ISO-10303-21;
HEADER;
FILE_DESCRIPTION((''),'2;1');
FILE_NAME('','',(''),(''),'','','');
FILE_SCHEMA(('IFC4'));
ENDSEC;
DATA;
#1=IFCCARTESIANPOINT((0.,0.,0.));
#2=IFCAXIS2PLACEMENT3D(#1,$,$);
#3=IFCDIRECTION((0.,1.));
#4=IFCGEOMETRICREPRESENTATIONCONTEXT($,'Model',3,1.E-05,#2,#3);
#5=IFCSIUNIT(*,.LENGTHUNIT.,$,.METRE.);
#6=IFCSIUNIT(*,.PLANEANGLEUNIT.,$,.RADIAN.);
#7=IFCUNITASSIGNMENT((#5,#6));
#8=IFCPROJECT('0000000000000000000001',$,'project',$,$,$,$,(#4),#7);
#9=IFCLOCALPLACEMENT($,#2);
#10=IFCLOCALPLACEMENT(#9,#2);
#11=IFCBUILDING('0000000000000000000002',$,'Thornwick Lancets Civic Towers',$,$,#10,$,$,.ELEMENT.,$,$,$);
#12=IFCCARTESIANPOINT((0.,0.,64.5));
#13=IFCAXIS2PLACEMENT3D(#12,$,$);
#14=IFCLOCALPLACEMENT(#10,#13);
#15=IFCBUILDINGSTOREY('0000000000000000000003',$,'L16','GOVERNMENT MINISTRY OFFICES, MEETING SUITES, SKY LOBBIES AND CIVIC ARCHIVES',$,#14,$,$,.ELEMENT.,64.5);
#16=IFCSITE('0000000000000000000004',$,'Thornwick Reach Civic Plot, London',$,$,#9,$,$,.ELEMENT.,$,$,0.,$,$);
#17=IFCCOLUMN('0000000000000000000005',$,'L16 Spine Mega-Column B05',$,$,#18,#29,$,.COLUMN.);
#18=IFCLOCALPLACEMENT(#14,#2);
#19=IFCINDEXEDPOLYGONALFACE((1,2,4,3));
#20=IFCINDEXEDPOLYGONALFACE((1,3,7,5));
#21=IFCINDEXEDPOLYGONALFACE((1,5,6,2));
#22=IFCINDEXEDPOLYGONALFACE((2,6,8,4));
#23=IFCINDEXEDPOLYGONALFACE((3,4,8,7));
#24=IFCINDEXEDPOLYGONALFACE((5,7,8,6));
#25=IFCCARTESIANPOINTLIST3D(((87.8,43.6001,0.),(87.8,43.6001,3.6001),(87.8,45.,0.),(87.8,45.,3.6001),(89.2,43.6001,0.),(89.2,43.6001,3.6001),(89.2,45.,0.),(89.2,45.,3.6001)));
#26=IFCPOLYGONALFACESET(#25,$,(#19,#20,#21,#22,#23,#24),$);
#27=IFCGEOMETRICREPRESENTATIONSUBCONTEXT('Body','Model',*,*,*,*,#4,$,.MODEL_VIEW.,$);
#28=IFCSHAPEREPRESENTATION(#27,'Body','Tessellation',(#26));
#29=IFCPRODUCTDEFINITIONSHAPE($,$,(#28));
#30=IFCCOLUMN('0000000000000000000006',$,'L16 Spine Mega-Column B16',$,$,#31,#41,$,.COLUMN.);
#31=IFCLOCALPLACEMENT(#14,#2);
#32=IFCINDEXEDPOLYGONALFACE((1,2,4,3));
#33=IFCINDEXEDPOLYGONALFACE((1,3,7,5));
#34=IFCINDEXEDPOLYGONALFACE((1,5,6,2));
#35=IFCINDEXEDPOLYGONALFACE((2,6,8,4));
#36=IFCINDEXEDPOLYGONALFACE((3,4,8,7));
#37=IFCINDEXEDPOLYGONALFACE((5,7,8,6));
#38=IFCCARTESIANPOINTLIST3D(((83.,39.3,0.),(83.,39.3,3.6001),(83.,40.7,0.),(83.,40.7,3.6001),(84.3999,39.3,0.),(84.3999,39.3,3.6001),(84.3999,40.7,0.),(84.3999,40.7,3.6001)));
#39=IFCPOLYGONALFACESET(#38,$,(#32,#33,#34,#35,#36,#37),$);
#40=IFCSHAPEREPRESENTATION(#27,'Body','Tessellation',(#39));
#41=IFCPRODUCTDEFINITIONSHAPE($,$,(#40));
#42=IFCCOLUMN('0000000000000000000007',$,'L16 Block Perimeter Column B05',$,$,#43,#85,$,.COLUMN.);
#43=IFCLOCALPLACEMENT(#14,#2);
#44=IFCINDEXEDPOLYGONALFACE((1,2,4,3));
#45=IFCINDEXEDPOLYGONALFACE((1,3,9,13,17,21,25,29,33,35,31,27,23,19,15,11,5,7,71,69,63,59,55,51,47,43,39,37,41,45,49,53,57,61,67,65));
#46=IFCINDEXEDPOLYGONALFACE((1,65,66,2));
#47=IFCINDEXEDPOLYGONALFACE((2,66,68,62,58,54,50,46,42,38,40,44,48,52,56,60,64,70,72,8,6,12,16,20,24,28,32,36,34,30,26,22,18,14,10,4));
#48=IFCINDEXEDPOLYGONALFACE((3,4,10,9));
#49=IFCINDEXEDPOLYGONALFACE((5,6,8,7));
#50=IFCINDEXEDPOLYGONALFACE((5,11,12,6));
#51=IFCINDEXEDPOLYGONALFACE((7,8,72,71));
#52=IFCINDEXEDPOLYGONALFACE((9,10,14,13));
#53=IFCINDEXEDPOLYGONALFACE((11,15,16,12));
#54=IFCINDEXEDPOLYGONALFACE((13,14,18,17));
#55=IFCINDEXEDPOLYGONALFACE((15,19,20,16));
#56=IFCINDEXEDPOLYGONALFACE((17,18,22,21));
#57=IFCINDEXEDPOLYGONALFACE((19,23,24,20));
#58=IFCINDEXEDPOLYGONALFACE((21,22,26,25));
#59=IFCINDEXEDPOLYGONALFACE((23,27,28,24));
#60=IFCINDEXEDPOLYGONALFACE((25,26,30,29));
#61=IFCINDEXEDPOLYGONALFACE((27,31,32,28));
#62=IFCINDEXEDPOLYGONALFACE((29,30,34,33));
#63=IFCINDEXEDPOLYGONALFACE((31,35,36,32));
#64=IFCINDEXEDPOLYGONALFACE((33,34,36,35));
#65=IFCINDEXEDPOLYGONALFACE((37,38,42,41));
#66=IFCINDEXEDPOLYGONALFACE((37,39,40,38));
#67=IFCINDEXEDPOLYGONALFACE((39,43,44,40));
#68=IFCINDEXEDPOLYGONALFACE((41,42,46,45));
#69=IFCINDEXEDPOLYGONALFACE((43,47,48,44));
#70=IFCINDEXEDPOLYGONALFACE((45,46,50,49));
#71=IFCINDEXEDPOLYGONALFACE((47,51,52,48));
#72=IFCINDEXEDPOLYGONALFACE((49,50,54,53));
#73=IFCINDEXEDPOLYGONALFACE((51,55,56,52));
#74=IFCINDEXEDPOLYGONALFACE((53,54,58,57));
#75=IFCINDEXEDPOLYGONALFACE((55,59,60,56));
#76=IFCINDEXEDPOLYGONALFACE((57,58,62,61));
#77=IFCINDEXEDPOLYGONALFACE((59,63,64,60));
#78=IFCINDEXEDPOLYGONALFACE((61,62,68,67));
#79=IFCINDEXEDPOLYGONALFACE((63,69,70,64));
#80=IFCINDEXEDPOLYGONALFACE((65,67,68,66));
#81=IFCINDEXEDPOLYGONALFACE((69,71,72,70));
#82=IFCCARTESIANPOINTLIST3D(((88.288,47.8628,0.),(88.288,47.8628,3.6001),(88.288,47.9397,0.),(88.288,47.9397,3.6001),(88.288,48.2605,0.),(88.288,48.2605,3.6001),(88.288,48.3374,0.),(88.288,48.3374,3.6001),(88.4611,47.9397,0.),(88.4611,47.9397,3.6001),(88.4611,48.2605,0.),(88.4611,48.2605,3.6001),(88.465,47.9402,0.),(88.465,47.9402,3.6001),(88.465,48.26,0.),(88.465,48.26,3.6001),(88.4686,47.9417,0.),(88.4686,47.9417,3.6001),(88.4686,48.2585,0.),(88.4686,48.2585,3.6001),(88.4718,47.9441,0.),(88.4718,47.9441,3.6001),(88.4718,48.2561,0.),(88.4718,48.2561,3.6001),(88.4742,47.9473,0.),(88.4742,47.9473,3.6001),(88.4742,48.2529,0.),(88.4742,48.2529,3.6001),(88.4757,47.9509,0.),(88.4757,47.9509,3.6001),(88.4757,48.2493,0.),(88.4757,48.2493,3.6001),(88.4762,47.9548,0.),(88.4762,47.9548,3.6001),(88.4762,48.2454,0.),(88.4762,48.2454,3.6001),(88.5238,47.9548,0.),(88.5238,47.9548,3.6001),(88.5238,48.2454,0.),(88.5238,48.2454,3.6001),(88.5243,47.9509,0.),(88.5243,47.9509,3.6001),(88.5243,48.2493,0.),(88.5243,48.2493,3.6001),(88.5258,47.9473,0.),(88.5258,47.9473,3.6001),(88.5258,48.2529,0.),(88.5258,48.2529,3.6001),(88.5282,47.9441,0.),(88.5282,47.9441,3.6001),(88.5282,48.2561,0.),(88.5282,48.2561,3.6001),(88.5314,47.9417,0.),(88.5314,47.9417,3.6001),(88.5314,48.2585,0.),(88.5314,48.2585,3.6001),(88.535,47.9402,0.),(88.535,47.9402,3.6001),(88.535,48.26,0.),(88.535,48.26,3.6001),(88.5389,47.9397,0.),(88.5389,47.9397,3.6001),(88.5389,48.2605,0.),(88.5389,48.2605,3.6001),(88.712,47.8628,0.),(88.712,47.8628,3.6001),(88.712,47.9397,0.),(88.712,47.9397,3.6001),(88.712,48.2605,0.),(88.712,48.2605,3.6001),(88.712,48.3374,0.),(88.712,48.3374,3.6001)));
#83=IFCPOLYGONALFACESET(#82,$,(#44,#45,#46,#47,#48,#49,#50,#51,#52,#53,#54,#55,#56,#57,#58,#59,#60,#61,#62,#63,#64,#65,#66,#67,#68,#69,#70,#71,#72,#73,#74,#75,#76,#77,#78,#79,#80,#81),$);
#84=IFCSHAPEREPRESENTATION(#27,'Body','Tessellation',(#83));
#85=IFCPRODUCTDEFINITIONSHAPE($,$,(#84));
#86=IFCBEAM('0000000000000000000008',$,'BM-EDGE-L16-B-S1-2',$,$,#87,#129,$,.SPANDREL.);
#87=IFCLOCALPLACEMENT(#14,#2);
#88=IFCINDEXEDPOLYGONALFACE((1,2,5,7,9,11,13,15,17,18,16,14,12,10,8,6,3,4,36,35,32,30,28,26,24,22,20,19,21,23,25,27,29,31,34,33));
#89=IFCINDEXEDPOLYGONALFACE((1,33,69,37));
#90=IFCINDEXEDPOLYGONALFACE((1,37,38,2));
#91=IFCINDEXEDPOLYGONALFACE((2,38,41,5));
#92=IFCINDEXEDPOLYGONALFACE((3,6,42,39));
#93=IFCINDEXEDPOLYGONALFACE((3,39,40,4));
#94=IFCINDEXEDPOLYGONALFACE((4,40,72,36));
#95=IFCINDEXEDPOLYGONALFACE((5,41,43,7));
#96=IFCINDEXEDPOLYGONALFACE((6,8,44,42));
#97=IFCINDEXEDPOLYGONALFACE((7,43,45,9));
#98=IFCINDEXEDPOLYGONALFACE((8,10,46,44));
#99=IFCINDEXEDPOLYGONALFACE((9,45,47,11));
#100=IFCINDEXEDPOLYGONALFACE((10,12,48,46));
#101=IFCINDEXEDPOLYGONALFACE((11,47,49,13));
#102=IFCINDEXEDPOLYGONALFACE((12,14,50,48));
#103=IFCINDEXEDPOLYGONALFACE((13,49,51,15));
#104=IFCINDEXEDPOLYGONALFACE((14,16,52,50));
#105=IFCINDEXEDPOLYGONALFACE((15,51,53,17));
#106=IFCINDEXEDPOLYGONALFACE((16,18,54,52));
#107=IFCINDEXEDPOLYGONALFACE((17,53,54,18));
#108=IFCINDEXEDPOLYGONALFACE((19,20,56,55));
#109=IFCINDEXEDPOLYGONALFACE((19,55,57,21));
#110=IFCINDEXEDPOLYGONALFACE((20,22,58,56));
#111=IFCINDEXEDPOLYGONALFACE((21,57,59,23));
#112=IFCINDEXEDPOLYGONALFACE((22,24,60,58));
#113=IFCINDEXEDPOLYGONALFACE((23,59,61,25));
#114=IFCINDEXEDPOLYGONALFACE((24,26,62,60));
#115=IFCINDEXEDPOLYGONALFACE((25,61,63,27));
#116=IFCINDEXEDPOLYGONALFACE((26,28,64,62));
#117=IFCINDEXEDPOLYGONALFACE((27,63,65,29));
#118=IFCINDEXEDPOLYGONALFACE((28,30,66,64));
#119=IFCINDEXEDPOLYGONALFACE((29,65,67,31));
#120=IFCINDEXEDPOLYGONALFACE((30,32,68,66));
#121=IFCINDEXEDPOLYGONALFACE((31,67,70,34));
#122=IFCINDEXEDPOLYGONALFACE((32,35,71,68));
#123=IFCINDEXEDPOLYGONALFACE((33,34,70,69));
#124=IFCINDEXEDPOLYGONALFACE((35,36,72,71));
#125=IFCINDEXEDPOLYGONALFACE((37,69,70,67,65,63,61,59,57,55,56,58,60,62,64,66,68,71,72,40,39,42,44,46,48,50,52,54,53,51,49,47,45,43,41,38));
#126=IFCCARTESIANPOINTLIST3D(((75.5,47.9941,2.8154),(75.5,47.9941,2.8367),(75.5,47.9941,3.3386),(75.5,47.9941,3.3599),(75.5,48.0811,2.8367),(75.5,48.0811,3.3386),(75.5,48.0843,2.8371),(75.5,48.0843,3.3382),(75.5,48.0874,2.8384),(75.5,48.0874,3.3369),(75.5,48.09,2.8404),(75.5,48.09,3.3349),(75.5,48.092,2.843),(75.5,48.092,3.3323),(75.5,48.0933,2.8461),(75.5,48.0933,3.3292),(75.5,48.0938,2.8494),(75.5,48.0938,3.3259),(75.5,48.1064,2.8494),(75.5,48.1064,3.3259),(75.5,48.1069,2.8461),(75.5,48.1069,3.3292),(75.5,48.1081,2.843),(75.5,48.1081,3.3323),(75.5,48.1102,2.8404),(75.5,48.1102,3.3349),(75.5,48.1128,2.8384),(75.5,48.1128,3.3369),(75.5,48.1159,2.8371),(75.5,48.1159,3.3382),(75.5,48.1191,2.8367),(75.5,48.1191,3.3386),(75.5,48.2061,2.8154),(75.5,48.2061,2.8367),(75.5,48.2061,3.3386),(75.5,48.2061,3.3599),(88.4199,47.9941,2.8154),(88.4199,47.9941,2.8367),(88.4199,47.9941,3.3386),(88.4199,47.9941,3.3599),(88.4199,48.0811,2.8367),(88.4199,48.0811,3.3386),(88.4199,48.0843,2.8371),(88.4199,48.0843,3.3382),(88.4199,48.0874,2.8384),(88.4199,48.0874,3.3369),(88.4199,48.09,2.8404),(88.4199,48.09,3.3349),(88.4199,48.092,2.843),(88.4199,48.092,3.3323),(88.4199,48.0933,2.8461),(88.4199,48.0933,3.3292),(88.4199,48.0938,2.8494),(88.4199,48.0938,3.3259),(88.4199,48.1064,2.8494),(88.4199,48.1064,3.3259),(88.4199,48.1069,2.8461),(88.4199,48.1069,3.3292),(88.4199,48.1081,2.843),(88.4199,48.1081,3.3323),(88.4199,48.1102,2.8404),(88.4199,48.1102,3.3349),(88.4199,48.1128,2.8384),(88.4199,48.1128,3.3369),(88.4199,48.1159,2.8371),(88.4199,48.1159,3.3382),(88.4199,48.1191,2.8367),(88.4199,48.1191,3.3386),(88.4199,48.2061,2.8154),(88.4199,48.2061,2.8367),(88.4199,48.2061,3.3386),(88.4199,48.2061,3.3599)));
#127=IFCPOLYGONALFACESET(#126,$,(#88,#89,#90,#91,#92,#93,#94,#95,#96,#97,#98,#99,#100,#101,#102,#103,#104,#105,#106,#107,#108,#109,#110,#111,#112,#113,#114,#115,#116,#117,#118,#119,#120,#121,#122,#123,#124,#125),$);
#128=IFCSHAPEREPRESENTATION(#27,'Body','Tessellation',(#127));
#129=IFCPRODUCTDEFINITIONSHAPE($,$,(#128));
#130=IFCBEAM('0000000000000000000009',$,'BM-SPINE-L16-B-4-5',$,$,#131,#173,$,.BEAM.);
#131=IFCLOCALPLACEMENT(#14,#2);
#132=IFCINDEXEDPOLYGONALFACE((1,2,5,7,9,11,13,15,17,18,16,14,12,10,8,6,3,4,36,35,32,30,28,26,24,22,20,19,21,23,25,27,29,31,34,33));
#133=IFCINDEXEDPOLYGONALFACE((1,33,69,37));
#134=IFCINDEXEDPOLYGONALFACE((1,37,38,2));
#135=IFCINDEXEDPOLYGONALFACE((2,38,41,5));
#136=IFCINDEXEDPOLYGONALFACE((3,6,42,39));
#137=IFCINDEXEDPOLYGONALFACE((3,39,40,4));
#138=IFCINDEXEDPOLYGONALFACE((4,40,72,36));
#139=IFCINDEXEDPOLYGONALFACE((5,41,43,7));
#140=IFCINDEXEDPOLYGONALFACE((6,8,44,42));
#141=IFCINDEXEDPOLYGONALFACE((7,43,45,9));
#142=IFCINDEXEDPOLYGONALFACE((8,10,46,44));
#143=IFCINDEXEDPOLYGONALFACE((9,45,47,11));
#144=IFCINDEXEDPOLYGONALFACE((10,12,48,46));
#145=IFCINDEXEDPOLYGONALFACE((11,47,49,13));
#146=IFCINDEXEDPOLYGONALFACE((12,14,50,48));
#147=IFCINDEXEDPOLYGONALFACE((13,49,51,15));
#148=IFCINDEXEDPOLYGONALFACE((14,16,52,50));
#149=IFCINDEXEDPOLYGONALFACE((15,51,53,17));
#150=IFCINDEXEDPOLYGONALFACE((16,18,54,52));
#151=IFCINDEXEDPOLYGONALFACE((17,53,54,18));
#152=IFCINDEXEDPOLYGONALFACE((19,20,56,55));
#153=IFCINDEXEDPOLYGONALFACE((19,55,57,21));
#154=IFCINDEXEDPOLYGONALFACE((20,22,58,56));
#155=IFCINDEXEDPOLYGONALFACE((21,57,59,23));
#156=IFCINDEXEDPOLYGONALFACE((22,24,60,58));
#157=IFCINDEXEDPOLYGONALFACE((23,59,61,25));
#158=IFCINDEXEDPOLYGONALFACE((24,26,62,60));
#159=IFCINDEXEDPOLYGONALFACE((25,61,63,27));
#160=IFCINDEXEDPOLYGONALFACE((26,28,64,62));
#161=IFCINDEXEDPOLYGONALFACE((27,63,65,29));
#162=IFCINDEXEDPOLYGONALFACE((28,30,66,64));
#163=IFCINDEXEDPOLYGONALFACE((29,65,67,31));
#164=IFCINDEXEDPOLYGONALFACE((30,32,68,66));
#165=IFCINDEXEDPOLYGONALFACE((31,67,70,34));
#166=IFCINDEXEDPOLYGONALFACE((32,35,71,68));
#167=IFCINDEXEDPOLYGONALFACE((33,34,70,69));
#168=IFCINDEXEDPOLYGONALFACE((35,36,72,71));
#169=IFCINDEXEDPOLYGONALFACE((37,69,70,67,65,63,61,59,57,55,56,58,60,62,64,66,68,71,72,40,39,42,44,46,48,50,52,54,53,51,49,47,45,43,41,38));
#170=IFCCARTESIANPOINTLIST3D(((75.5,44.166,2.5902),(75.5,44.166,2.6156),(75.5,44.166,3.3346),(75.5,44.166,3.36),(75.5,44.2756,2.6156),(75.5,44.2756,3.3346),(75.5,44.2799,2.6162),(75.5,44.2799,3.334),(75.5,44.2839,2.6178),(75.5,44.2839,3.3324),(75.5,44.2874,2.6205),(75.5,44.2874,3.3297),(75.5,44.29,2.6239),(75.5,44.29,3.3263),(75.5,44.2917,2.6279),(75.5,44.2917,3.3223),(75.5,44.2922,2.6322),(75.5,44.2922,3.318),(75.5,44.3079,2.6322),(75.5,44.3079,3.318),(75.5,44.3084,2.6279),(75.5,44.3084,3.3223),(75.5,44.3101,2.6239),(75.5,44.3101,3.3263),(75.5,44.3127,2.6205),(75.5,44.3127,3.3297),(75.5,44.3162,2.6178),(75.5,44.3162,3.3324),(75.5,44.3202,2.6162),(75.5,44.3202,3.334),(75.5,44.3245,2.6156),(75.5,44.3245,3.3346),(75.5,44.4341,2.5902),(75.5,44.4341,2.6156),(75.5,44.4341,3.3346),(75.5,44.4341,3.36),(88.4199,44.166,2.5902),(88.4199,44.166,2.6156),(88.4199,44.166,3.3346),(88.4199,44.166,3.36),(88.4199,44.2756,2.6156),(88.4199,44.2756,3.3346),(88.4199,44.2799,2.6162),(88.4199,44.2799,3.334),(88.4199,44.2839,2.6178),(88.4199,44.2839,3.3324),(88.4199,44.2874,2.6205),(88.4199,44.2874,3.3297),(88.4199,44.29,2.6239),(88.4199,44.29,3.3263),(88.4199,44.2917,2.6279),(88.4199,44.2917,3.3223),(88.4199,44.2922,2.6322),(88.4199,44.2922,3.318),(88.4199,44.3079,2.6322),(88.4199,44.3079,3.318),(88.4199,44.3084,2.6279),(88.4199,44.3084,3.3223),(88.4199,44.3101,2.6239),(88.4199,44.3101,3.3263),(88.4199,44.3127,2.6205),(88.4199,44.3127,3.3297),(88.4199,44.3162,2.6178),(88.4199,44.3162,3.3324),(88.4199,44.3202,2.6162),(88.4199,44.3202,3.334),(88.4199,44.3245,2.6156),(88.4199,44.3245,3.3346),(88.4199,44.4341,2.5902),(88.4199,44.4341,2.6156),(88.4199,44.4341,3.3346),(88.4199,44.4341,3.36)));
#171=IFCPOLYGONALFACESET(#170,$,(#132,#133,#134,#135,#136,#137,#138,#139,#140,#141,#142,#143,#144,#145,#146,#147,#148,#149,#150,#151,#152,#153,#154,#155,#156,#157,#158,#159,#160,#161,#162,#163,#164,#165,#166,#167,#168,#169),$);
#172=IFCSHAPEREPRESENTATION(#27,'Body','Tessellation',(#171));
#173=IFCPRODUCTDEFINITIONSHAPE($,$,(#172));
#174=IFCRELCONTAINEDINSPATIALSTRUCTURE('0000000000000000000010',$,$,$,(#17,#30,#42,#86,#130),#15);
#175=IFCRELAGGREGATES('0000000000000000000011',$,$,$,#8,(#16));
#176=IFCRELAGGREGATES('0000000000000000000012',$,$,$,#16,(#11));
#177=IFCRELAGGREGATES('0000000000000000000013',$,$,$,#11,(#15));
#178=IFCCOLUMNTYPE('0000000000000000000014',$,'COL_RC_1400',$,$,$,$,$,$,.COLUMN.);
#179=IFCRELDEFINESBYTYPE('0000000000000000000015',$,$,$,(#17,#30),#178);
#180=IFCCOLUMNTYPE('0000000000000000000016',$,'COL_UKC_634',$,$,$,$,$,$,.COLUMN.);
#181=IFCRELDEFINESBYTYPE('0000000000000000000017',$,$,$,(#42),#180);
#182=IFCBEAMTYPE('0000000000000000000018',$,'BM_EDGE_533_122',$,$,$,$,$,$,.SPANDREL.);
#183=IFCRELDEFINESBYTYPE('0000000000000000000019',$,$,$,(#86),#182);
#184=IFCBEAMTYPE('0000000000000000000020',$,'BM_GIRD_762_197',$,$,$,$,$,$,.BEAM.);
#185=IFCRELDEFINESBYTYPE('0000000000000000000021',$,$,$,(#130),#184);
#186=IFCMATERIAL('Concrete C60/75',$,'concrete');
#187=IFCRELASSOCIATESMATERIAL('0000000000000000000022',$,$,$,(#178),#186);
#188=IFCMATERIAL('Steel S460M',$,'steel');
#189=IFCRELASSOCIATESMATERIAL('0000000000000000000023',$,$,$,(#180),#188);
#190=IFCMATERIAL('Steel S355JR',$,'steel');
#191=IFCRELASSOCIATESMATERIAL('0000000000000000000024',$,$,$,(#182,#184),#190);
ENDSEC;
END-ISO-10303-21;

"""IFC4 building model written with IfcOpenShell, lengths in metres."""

from ifc_helpers import new_model, si_unit, direction, frame, origin, origin_2d, place, context, subcontext, project, spatial, rectangle, i_section, extrude, material, material_profile, profile_set, type_object, element, save


model = new_model("IFC4")

# Units and contexts
model_context = context("Model", 3, precision=1e-05, world=origin(), true_north=direction((0.0, 1.0)))
body_context = subcontext(model_context, "Body", "Model", "MODEL_VIEW")
ifc_project = project(units=[si_unit("LENGTHUNIT", "METRE"), si_unit("PLANEANGLEUNIT", "RADIAN")], contexts=[model_context])

# Site, building, storey
site_placement = place(None, origin())
site = spatial("IfcSite", under=ifc_project, at=site_placement, Name="Thornwick Reach Civic Plot, London", CompositionType="ELEMENT", RefElevation=0.0)
building_placement = place(site_placement, origin())
building = spatial("IfcBuilding", under=site, at=building_placement, Name="Thornwick Lancets Civic Towers", CompositionType="ELEMENT")
storey_placement = place(building_placement, frame((0.0, 0.0, 64.5)))
storey = spatial("IfcBuildingStorey", under=building, at=storey_placement, Name="L16", Description="GOVERNMENT MINISTRY OFFICES, MEETING SUITES, SKY LOBBIES AND CIVIC ARCHIVES", CompositionType="ELEMENT", Elevation=64.5)

# Columns
ifc_material_1 = material(Name="Concrete C60/75", Category="concrete")
ifc_material_profile_1 = material_profile(ifc_material_1, rectangle(XDim=1.3999, YDim=1.3999, at=origin_2d()), Name="RC 1400x1400")
ifc_profile_set_1 = profile_set([ifc_material_profile_1], Name="Concrete C60/75")
column_type_1 = type_object("IfcColumnType", Name="COL_RC_1400", PredefinedType="COLUMN", material=ifc_profile_set_1)
for number, where, z_axis, x_axis, name in (
    (1, (88.5, 44.3, 0.0), (0.0, 0.0, 1.0), (1.0, 0.0, 0.0), "L16 Spine Mega-Column B05"),
    (2, (83.7, 40.0, 0.0), (0.0, 0.0, 1.0), (1.0, 0.0, 0.0), "L16 Spine Mega-Column B16"),
):
    element("IfcColumn", number, at=place(storey_placement, frame(where, z_axis=z_axis, x_axis=x_axis)), inside=storey, type_object=column_type_1, Name=name, PredefinedType="COLUMN", context=body_context, shape_type="SweptSolid", body=[
        extrude(rectangle(XDim=1.3999, YDim=1.3999, at=origin_2d()), origin(), (0.0, 0.0, 1.0), 3.6001),
    ])
ifc_material_2 = material(Name="Steel S460M", Category="steel")
ifc_material_profile_2 = material_profile(ifc_material_2, i_section(OverallWidth=0.4241, OverallDepth=0.4746, WebThickness=0.0476, FlangeThickness=0.0769, FilletRadius=0.0151, at=origin_2d()), Name="UKC 356x406x634")
ifc_profile_set_2 = profile_set([ifc_material_profile_2], Name="Steel S460M")
column_type_2 = type_object("IfcColumnType", Name="COL_UKC_634", PredefinedType="COLUMN", material=ifc_profile_set_2)
column_placement = place(storey_placement, frame((88.5, 48.1001, 0.0), z_axis=(0.0, 0.0, 1.0), x_axis=(1.0, 0.0, 0.0)))
element("IfcColumn", 3, at=column_placement, inside=storey, type_object=column_type_2, Name="L16 Block Perimeter Column B05", PredefinedType="COLUMN", context=body_context, shape_type="SweptSolid", body=[
    extrude(i_section(OverallWidth=0.4241, OverallDepth=0.4746, WebThickness=0.0476, FlangeThickness=0.0769, FilletRadius=0.0151, at=origin_2d()), origin(), (0.0, 0.0, 1.0), 3.6001),
])

# Beams
ifc_material_3 = material(Name="Steel S355JR", Category="steel")
ifc_material_profile_3 = material_profile(ifc_material_3, i_section(OverallWidth=0.2119, OverallDepth=0.5444, WebThickness=0.0127, FlangeThickness=0.0212, FilletRadius=0.0127, at=origin_2d()), Name="UKB 533x210x122")
ifc_profile_set_3 = profile_set([ifc_material_profile_3], Name="Steel S355JR")
beam_type_1 = type_object("IfcBeamType", Name="BM_EDGE_533_122", PredefinedType="SPANDREL", material=ifc_profile_set_3)
beam_1_placement = place(storey_placement, frame((88.4199, 48.1001, 3.0876), z_axis=(-1.0, 0.0, 0.0), x_axis=(0.0, -1.0, 0.0)))
element("IfcBeam", 4, at=beam_1_placement, inside=storey, type_object=beam_type_1, Name="BM-EDGE-L16-B-S1-2", PredefinedType="SPANDREL", context=body_context, shape_type="SweptSolid", body=[
    extrude(i_section(OverallWidth=0.2119, OverallDepth=0.5444, WebThickness=0.0127, FlangeThickness=0.0212, FilletRadius=0.0127, at=origin_2d()), origin(), (0.0, 0.0, 1.0), 12.9199),
])
ifc_material_profile_4 = material_profile(ifc_material_3, i_section(OverallWidth=0.2681, OverallDepth=0.7698, WebThickness=0.0156, FlangeThickness=0.0254, FilletRadius=0.0166, at=origin_2d()), Name="UKB 762x267x197")
ifc_profile_set_4 = profile_set([ifc_material_profile_4], Name="Steel S355JR")
beam_type_2 = type_object("IfcBeamType", Name="BM_GIRD_762_197", PredefinedType="BEAM", material=ifc_profile_set_4)
beam_2_placement = place(storey_placement, frame((88.4199, 44.3, 2.9751), z_axis=(-1.0, 0.0, 0.0), x_axis=(0.0, -1.0, 0.0)))
element("IfcBeam", 5, at=beam_2_placement, inside=storey, type_object=beam_type_2, Name="BM-SPINE-L16-B-4-5", PredefinedType="BEAM", context=body_context, shape_type="SweptSolid", body=[
    extrude(i_section(OverallWidth=0.2681, OverallDepth=0.7698, WebThickness=0.0156, FlangeThickness=0.0254, FilletRadius=0.0166, at=origin_2d()), origin(), (0.0, 0.0, 1.0), 12.9199),
])

save(model, "model.ifc")
